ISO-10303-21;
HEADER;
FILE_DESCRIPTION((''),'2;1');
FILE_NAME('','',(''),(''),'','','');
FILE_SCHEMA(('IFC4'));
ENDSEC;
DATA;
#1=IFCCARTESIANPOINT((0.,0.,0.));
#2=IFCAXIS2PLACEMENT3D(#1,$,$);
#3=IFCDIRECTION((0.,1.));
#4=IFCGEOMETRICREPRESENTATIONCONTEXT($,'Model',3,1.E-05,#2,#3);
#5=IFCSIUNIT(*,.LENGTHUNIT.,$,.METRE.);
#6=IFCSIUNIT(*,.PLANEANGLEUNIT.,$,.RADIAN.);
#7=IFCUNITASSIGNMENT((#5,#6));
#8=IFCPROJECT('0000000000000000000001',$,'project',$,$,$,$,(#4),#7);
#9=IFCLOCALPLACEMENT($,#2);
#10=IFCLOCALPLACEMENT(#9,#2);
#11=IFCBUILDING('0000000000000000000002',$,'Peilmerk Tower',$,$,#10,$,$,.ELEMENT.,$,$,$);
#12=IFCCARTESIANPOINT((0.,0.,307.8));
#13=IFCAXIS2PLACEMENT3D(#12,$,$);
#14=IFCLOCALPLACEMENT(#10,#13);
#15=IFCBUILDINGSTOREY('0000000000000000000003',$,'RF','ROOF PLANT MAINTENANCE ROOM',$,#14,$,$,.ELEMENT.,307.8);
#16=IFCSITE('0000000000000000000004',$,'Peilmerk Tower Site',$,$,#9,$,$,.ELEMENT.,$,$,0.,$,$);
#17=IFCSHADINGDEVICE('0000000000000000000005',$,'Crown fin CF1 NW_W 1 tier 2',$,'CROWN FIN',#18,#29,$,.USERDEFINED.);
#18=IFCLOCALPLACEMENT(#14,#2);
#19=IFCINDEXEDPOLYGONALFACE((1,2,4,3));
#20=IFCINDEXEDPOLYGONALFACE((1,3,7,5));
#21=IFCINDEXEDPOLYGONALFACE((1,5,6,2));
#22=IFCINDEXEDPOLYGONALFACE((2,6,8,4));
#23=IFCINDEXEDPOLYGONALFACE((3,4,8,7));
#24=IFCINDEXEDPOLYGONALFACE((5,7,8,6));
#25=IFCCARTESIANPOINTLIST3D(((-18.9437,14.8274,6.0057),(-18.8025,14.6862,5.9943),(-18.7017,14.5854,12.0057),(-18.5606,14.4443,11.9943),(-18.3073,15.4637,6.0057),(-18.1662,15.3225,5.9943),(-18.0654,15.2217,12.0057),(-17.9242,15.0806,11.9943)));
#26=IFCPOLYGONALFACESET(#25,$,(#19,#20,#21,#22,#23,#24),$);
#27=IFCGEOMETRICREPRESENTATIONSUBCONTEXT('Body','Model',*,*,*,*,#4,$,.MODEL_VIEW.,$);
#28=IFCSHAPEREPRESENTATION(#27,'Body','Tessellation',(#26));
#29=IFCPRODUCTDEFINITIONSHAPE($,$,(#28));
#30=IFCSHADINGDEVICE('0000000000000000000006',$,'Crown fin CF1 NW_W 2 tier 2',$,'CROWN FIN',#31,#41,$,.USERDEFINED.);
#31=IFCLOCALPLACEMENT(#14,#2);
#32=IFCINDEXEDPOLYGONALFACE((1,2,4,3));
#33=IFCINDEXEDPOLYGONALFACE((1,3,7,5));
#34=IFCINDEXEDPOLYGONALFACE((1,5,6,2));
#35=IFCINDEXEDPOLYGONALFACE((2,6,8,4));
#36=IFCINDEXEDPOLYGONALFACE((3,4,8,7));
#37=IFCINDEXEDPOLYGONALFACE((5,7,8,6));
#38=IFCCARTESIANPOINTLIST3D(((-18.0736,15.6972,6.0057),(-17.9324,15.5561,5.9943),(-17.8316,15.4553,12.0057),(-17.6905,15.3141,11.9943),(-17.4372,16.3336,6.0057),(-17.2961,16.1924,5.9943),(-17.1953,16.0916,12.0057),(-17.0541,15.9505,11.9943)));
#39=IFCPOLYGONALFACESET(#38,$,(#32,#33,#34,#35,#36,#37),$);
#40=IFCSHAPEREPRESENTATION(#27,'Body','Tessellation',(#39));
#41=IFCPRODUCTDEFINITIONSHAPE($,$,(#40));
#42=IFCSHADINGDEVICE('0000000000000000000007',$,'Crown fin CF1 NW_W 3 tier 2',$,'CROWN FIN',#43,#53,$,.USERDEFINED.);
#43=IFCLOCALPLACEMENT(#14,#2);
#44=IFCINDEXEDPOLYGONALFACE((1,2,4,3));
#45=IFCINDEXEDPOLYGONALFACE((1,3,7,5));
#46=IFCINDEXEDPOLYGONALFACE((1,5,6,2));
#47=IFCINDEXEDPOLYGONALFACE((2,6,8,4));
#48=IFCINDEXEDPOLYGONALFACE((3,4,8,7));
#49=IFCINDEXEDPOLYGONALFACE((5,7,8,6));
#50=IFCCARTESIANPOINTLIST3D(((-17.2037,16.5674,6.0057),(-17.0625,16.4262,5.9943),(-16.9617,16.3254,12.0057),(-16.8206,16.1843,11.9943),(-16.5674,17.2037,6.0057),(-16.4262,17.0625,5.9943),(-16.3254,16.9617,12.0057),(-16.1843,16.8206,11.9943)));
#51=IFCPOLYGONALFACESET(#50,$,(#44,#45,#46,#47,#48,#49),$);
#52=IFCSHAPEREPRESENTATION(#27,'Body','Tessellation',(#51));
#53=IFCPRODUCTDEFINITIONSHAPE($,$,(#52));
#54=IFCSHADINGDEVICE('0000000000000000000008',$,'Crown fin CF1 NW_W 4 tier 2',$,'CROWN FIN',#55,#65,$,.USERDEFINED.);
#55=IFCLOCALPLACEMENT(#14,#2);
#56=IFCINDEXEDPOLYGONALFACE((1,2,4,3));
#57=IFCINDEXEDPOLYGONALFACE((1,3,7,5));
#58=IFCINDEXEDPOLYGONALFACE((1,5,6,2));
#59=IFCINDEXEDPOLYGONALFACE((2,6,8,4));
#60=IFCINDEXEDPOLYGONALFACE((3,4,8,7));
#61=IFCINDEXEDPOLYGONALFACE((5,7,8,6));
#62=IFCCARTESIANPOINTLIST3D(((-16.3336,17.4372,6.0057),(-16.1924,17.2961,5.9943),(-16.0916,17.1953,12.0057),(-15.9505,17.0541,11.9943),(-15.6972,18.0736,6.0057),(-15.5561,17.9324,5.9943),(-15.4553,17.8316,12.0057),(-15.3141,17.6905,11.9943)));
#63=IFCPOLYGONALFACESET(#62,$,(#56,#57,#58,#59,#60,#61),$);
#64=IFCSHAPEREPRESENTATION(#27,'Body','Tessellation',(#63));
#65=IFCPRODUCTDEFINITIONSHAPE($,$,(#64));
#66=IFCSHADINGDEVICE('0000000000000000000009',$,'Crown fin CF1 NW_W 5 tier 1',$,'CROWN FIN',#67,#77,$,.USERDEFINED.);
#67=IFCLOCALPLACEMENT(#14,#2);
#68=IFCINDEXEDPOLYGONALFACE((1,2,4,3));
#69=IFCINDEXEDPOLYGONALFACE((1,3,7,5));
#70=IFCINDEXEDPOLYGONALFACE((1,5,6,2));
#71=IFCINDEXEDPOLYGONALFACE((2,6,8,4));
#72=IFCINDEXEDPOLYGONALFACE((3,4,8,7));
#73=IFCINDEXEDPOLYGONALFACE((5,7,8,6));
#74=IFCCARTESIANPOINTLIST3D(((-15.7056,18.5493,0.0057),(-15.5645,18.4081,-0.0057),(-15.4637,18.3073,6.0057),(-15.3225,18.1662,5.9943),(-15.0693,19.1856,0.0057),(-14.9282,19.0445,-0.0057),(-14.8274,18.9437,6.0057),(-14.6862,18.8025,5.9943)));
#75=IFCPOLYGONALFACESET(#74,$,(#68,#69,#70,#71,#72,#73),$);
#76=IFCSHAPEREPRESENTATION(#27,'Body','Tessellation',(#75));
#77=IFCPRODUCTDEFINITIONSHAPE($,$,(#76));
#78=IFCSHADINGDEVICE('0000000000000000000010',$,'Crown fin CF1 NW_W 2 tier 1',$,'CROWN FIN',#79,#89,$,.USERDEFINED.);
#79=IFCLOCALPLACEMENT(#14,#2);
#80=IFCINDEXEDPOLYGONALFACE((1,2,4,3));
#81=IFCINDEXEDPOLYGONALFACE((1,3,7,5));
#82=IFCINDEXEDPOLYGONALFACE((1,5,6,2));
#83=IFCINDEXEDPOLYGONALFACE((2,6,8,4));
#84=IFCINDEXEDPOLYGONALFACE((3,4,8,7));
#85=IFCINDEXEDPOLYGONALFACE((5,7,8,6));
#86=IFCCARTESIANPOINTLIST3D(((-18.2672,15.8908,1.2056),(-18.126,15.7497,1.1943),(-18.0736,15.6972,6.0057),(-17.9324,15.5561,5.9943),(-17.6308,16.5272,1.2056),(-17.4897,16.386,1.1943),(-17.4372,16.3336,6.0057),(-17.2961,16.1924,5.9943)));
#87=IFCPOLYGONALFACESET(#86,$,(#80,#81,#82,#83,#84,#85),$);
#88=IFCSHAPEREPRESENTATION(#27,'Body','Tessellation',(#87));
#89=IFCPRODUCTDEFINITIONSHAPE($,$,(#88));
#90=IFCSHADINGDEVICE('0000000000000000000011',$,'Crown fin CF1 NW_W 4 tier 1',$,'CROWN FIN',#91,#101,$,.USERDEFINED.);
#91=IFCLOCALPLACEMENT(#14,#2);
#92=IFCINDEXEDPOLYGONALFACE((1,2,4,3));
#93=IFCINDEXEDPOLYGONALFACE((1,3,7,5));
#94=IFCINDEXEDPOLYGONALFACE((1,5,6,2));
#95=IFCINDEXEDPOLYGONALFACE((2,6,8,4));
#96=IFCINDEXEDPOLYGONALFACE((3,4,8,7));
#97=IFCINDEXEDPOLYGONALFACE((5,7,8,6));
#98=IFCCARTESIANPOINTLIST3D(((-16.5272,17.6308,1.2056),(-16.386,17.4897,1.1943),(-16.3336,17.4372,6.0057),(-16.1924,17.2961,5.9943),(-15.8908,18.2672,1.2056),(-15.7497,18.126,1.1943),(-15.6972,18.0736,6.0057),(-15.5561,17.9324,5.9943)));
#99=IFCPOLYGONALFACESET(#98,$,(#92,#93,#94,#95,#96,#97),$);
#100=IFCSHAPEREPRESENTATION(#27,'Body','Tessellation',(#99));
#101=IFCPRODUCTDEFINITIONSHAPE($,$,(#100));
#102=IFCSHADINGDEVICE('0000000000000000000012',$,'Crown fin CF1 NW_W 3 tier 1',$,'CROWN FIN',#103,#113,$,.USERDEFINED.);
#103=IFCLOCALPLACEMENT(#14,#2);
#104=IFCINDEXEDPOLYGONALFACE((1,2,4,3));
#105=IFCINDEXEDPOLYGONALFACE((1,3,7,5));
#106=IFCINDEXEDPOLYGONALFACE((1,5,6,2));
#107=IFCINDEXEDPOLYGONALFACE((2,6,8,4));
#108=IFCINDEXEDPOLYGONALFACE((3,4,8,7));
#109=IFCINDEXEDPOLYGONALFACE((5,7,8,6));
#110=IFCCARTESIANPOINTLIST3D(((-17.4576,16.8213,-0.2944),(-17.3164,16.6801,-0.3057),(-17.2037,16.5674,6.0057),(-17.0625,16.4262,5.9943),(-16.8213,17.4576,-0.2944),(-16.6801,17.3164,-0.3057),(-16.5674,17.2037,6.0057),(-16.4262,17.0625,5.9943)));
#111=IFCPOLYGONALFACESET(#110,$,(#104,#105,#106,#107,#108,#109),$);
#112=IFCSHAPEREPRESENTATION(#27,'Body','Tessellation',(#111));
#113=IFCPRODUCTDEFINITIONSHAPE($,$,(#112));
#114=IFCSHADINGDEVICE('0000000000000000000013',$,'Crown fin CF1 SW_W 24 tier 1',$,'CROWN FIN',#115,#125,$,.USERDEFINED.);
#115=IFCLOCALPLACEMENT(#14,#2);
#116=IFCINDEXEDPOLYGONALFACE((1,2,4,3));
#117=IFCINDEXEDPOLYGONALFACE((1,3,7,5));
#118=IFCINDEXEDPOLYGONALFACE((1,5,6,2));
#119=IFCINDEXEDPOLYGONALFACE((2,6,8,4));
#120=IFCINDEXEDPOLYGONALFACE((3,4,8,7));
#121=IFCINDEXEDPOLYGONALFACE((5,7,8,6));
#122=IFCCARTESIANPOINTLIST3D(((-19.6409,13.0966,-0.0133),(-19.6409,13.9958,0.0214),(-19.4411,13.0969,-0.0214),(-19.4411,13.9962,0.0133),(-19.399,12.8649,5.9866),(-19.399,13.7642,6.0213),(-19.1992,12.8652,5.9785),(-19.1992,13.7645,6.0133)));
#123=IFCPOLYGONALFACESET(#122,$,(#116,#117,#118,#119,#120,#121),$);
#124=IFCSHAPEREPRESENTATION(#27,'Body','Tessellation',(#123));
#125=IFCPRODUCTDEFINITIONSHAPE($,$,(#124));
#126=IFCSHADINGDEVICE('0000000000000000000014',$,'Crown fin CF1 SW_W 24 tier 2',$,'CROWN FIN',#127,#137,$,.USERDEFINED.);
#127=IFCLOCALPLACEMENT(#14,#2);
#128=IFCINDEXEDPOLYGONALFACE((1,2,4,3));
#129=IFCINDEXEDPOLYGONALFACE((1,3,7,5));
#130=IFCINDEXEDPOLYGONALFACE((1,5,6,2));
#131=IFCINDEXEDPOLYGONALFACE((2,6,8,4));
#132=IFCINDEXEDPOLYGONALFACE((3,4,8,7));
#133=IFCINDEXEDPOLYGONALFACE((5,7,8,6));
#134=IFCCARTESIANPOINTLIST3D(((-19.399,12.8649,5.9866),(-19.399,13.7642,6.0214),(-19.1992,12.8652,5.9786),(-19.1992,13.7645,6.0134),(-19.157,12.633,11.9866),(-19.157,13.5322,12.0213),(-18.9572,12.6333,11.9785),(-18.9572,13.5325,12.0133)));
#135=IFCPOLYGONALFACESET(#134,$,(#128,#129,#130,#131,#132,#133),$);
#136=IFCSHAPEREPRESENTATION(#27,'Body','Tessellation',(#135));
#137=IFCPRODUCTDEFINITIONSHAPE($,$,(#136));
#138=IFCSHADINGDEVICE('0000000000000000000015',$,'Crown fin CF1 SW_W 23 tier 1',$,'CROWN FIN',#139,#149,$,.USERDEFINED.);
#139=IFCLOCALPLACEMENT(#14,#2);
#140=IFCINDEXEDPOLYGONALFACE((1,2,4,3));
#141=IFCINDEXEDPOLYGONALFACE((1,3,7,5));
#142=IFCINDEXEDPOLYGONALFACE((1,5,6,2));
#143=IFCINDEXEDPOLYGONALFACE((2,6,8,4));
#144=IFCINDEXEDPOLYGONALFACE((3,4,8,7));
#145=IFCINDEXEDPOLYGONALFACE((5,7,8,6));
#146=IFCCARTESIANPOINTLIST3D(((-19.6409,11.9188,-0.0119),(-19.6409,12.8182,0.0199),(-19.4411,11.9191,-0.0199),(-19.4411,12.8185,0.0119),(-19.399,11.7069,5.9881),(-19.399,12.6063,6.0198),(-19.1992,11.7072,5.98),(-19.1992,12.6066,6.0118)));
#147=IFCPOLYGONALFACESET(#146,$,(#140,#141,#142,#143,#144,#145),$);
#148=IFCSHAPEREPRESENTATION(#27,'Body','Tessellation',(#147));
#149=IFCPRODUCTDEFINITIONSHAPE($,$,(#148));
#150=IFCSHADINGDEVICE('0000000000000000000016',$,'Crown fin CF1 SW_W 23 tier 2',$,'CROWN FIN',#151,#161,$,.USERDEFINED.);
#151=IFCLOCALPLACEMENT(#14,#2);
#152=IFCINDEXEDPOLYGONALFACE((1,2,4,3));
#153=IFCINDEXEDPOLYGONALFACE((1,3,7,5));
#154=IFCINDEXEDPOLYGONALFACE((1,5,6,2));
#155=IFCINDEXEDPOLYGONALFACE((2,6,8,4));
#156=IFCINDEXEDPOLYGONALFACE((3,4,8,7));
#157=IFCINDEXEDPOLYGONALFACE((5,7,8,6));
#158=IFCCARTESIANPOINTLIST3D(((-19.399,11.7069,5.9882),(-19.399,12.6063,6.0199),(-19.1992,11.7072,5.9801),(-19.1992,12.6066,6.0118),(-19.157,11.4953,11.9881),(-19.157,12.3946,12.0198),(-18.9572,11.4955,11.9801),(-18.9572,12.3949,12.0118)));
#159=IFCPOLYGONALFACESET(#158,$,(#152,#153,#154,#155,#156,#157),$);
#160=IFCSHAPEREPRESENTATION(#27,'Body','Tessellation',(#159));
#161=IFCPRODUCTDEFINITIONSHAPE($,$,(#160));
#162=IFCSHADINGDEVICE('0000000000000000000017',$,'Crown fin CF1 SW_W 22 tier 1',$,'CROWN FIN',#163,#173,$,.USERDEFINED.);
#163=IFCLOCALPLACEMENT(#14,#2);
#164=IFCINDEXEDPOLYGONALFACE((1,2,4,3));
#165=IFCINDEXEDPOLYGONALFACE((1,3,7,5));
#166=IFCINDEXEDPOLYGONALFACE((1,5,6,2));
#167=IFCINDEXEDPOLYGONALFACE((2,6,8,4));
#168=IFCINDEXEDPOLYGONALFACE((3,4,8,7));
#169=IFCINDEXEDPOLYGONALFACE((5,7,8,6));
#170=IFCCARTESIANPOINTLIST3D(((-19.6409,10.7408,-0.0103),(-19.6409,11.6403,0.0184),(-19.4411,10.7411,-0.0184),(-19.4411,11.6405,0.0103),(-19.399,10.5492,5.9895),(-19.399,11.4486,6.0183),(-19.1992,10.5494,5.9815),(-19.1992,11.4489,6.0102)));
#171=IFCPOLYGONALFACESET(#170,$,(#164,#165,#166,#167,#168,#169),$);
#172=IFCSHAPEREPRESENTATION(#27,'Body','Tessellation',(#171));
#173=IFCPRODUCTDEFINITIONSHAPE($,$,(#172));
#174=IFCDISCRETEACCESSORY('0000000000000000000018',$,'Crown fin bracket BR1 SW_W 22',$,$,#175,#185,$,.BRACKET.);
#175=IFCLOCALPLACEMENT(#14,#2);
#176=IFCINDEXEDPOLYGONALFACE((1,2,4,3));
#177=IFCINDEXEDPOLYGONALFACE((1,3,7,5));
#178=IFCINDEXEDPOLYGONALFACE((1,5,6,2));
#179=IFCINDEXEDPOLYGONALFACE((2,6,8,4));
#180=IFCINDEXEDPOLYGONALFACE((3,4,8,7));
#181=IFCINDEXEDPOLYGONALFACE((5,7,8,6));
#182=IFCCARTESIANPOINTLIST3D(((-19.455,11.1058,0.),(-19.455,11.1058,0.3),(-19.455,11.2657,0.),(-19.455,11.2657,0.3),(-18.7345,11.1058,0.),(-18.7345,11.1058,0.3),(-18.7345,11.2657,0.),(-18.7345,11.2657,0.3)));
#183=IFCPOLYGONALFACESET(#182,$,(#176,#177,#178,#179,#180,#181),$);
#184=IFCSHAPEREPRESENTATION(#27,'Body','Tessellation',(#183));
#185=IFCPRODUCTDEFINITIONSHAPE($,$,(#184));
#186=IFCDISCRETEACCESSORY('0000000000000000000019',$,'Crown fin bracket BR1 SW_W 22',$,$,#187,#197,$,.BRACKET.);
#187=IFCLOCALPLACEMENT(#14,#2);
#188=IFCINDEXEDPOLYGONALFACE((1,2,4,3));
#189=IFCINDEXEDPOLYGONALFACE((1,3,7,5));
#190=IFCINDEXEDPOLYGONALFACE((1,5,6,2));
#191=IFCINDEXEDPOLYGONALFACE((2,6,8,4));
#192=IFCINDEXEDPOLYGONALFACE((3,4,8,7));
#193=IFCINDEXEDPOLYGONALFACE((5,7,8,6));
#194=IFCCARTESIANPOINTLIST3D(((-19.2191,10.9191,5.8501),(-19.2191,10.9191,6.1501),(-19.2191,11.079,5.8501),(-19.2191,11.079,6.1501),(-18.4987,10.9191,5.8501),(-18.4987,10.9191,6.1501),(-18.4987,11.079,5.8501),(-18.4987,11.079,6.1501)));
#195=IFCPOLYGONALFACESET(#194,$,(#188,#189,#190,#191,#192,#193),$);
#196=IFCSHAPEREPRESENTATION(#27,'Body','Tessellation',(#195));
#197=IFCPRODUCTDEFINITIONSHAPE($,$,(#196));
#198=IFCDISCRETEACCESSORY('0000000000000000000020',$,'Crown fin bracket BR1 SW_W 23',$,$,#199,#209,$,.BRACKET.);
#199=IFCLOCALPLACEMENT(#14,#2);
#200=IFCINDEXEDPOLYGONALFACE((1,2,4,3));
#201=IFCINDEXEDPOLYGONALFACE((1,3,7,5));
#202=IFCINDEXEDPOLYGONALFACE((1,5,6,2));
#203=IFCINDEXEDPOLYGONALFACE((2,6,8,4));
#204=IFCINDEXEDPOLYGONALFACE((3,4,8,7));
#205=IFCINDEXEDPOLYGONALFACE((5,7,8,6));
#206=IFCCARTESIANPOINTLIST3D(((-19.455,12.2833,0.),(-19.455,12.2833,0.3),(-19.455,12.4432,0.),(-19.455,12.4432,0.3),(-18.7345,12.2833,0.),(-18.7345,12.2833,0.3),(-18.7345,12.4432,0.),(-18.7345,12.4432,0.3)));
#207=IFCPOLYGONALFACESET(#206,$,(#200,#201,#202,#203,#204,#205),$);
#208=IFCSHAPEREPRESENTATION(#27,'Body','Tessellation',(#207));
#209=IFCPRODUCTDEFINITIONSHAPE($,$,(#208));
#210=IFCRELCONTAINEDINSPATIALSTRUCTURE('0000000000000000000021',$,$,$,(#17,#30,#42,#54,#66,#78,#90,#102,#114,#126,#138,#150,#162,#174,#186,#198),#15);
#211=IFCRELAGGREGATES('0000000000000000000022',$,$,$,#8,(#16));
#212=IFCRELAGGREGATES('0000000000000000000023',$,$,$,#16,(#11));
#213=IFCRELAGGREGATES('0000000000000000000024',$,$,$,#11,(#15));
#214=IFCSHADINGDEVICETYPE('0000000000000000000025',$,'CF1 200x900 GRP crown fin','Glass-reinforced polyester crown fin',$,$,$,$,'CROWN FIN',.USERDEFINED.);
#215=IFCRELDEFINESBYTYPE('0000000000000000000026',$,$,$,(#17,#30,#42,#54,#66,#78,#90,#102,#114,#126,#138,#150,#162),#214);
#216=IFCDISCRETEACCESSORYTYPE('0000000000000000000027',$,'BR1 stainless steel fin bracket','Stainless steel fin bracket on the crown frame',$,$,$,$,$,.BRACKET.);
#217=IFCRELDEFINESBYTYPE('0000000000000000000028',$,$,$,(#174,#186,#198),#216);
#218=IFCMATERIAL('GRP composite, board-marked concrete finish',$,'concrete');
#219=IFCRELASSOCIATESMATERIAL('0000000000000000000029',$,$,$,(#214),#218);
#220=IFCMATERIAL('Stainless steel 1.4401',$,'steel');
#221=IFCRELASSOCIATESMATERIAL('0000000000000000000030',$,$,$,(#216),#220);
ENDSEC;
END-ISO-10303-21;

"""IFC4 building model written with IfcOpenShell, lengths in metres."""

from ifc_helpers import new_model, si_unit, direction, frame, origin, origin_2d, place, context, subcontext, project, spatial, rectangle, extrude, source, transform, mapped, material, material_profile, profile_set, type_object, element, save


model = new_model("IFC4")

# Units and contexts
model_context = context("Model", 3, precision=1e-05, world=origin(), true_north=direction((0.0, 1.0)))
body_context = subcontext(model_context, "Body", "Model", "MODEL_VIEW")
ifc_project = project(units=[si_unit("LENGTHUNIT", "METRE"), si_unit("PLANEANGLEUNIT", "RADIAN")], contexts=[model_context])

# Site, building, storey
site_placement = place(None, origin())
site = spatial("IfcSite", under=ifc_project, at=site_placement, Name="Peilmerk Tower Site", CompositionType="ELEMENT", RefElevation=0.0)
building_placement = place(site_placement, origin())
building = spatial("IfcBuilding", under=site, at=building_placement, Name="Peilmerk Tower", CompositionType="ELEMENT")
storey_placement = place(building_placement, frame((0.0, 0.0, 307.8)))
storey = spatial("IfcBuildingStorey", under=building, at=storey_placement, Name="RF", Description="ROOF PLANT MAINTENANCE ROOM", CompositionType="ELEMENT", Elevation=307.8)

# Shading devices
ifc_material_1 = material(Name="GRP composite, board-marked concrete finish", Category="concrete")
ifc_material_profile_1 = material_profile(ifc_material_1, rectangle(XDim=0.2, YDim=0.8999, at=origin_2d()), Name="CF1 200x900")
ifc_profile_set_1 = profile_set([ifc_material_profile_1], Name="GRP composite, board-marked concrete finish")
shading_device_type = type_object("IfcShadingDeviceType", Name="CF1 200x900 GRP crown fin", Description="Glass-reinforced polyester crown fin", ElementType="CROWN FIN", PredefinedType="USERDEFINED", material=ifc_profile_set_1)
shared_shape_1 = source(origin(), body_context, "Body", "SweptSolid", [
    extrude(rectangle(XDim=0.2, YDim=0.8999, at=origin_2d()), origin(), (0.0, 0.0, 1.0), 6.0098),
])
for number, where, z_axis, x_axis, name in (
    (1, (-18.5549, 15.075, 6.0), (0.040258, -0.040258, 0.998378), (-0.70596, 0.70596, 0.056934), "Crown fin CF1 NW_W 1 tier 2"),
    (2, (-17.6848, 15.9448, 6.0), (0.040258, -0.040258, 0.998378), (-0.70596, 0.70596, 0.056934), "Crown fin CF1 NW_W 2 tier 2"),
    (3, (-16.8149, 16.8149, 6.0), (0.040258, -0.040258, 0.998378), (-0.70596, 0.70596, 0.056934), "Crown fin CF1 NW_W 3 tier 2"),
    (4, (-15.9448, 17.6848, 6.0), (0.040258, -0.040258, 0.998378), (-0.70596, 0.70596, 0.056934), "Crown fin CF1 NW_W 4 tier 2"),
    (5, (-15.3169, 18.7969, 0.0), (0.040258, -0.040258, 0.998378), (-0.70596, 0.70596, 0.056934), "Crown fin CF1 NW_W 5 tier 1"),
):
    element("IfcShadingDevice", number, at=place(storey_placement, frame(where, z_axis=z_axis, x_axis=x_axis)), inside=storey, type_object=shading_device_type, Name=name, ObjectType="CROWN FIN", PredefinedType="USERDEFINED", context=body_context, shape_type="MappedRepresentation", body=[
        mapped(shared_shape_1, transform((0.0, 0.0, 0.0), scale=1.0)),
    ])
shared_shape_2 = source(origin(), body_context, "Body", "SweptSolid", [
    extrude(rectangle(XDim=0.2, YDim=0.8999, at=origin_2d()), origin(), (0.0, 0.0, 1.0), 4.8079),
])
for number, where, z_axis, x_axis, name in (
    (6, (-17.8784, 16.1384, 1.2), (0.040268, -0.040268, 0.998377), (-0.705959, 0.705959, 0.056948), "Crown fin CF1 NW_W 2 tier 1"),
    (7, (-16.1384, 17.8784, 1.2), (0.040268, -0.040268, 0.998377), (-0.705959, 0.705959, 0.056948), "Crown fin CF1 NW_W 4 tier 1"),
):
    element("IfcShadingDevice", number, at=place(storey_placement, frame(where, z_axis=z_axis, x_axis=x_axis)), inside=storey, type_object=shading_device_type, Name=name, ObjectType="CROWN FIN", PredefinedType="USERDEFINED", context=body_context, shape_type="MappedRepresentation", body=[
        mapped(shared_shape_2, transform((0.0, 0.0, 0.0), scale=1.0)),
    ])
shared_shape_3 = source(origin(), body_context, "Body", "SweptSolid", [
    extrude(rectangle(XDim=0.2, YDim=0.8999, at=origin_2d()), origin(), (0.0, 0.0, 1.0), 6.3103),
])
shading_device_1_placement = place(storey_placement, frame((-17.0688, 17.0688, -0.3), z_axis=(0.040237, -0.040237, 0.99838), x_axis=(-0.705961, 0.705961, 0.056904)))
element("IfcShadingDevice", 8, at=shading_device_1_placement, inside=storey, type_object=shading_device_type, Name="Crown fin CF1 NW_W 3 tier 1", ObjectType="CROWN FIN", PredefinedType="USERDEFINED", context=body_context, shape_type="MappedRepresentation", body=[
    mapped(shared_shape_3, transform((0.0, 0.0, 0.0), scale=1.0)),
])
shared_shape_4 = source(origin(), body_context, "Body", "SweptSolid", [
    extrude(rectangle(XDim=0.2, YDim=0.8999, at=origin_2d()), origin(), (0.0, 0.0, 1.0), 6.0093),
])
for number, where, z_axis, x_axis, name in (
    (9, (-19.541, 13.5464, 0.0), (0.040261, -0.038555, 0.998445), (-0.999189, -0.001554, 0.040231), "Crown fin CF1 SW_W 24 tier 1"),
    (10, (-19.2991, 13.3147, 6.0), (0.040261, -0.038595, 0.998444), (-0.999189, -0.001555, 0.040231), "Crown fin CF1 SW_W 24 tier 2"),
):
    element("IfcShadingDevice", number, at=place(storey_placement, frame(where, z_axis=z_axis, x_axis=x_axis)), inside=storey, type_object=shading_device_type, Name=name, ObjectType="CROWN FIN", PredefinedType="USERDEFINED", context=body_context, shape_type="MappedRepresentation", body=[
        mapped(shared_shape_4, transform((0.0, 0.0, 0.0), scale=1.0)),
    ])
shared_shape_5 = source(origin(), body_context, "Body", "SweptSolid", [
    extrude(rectangle(XDim=0.2, YDim=0.8999, at=origin_2d()), origin(), (0.0, 0.0, 1.0), 6.0085),
])
for number, where, z_axis, x_axis, name in (
    (11, (-19.541, 12.3687, 0.0), (0.040266, -0.035268, 0.998566), (-0.999189, -0.001421, 0.040241), "Crown fin CF1 SW_W 23 tier 1"),
    (12, (-19.2991, 12.1567, 6.0), (0.040266, -0.035228, 0.998568), (-0.999189, -0.00142, 0.040241), "Crown fin CF1 SW_W 23 tier 2"),
):
    element("IfcShadingDevice", number, at=place(storey_placement, frame(where, z_axis=z_axis, x_axis=x_axis)), inside=storey, type_object=shading_device_type, Name=name, ObjectType="CROWN FIN", PredefinedType="USERDEFINED", context=body_context, shape_type="MappedRepresentation", body=[
        mapped(shared_shape_5, transform((0.0, 0.0, 0.0), scale=1.0)),
    ])
shared_shape_6 = source(origin(), body_context, "Body", "SweptSolid", [
    extrude(rectangle(XDim=0.2, YDim=0.8999, at=origin_2d()), origin(), (0.0, 0.0, 1.0), 6.0078),
])
shading_device_2_placement = place(storey_placement, frame((-19.541, 11.1907, 0.0), z_axis=(0.040271, -0.0319, 0.998679), x_axis=(-0.999189, -0.001286, 0.04025)))
element("IfcShadingDevice", 13, at=shading_device_2_placement, inside=storey, type_object=shading_device_type, Name="Crown fin CF1 SW_W 22 tier 1", ObjectType="CROWN FIN", PredefinedType="USERDEFINED", context=body_context, shape_type="MappedRepresentation", body=[
    mapped(shared_shape_6, transform((0.0, 0.0, 0.0), scale=1.0)),
])

# Discrete accessories
ifc_material_2 = material(Name="Stainless steel 1.4401", Category="steel")
discrete_accessory_type = type_object("IfcDiscreteAccessoryType", Name="BR1 stainless steel fin bracket", Description="Stainless steel fin bracket on the crown frame", PredefinedType="BRACKET", material=ifc_material_2)
shared_shape_7 = source(origin(), body_context, "Body", "SweptSolid", [
    extrude(rectangle(XDim=0.7205, YDim=0.1599, at=origin_2d()), origin(), (0.0, 0.0, 1.0), 0.3),
])
for number, where, z_axis, x_axis, name in (
    (14, (-19.0947, 11.1858, 0.0), (0.0, 0.0, 1.0), (-1.0, 0.0, 0.0), "Crown fin bracket BR1 SW_W 22"),
    (15, (-18.8589, 10.999, 5.8501), (0.0, 0.0, 1.0), (-1.0, 0.0, 0.0), "Crown fin bracket BR1 SW_W 22"),
    (16, (-19.0947, 12.3633, 0.0), (0.0, 0.0, 1.0), (-1.0, 0.0, 0.0), "Crown fin bracket BR1 SW_W 23"),
):
    element("IfcDiscreteAccessory", number, at=place(storey_placement, frame(where, z_axis=z_axis, x_axis=x_axis)), inside=storey, type_object=discrete_accessory_type, Name=name, PredefinedType="BRACKET", context=body_context, shape_type="MappedRepresentation", body=[
        mapped(shared_shape_7, transform((0.0, 0.0, 0.0), scale=1.0)),
    ])

save(model, "model.ifc")
